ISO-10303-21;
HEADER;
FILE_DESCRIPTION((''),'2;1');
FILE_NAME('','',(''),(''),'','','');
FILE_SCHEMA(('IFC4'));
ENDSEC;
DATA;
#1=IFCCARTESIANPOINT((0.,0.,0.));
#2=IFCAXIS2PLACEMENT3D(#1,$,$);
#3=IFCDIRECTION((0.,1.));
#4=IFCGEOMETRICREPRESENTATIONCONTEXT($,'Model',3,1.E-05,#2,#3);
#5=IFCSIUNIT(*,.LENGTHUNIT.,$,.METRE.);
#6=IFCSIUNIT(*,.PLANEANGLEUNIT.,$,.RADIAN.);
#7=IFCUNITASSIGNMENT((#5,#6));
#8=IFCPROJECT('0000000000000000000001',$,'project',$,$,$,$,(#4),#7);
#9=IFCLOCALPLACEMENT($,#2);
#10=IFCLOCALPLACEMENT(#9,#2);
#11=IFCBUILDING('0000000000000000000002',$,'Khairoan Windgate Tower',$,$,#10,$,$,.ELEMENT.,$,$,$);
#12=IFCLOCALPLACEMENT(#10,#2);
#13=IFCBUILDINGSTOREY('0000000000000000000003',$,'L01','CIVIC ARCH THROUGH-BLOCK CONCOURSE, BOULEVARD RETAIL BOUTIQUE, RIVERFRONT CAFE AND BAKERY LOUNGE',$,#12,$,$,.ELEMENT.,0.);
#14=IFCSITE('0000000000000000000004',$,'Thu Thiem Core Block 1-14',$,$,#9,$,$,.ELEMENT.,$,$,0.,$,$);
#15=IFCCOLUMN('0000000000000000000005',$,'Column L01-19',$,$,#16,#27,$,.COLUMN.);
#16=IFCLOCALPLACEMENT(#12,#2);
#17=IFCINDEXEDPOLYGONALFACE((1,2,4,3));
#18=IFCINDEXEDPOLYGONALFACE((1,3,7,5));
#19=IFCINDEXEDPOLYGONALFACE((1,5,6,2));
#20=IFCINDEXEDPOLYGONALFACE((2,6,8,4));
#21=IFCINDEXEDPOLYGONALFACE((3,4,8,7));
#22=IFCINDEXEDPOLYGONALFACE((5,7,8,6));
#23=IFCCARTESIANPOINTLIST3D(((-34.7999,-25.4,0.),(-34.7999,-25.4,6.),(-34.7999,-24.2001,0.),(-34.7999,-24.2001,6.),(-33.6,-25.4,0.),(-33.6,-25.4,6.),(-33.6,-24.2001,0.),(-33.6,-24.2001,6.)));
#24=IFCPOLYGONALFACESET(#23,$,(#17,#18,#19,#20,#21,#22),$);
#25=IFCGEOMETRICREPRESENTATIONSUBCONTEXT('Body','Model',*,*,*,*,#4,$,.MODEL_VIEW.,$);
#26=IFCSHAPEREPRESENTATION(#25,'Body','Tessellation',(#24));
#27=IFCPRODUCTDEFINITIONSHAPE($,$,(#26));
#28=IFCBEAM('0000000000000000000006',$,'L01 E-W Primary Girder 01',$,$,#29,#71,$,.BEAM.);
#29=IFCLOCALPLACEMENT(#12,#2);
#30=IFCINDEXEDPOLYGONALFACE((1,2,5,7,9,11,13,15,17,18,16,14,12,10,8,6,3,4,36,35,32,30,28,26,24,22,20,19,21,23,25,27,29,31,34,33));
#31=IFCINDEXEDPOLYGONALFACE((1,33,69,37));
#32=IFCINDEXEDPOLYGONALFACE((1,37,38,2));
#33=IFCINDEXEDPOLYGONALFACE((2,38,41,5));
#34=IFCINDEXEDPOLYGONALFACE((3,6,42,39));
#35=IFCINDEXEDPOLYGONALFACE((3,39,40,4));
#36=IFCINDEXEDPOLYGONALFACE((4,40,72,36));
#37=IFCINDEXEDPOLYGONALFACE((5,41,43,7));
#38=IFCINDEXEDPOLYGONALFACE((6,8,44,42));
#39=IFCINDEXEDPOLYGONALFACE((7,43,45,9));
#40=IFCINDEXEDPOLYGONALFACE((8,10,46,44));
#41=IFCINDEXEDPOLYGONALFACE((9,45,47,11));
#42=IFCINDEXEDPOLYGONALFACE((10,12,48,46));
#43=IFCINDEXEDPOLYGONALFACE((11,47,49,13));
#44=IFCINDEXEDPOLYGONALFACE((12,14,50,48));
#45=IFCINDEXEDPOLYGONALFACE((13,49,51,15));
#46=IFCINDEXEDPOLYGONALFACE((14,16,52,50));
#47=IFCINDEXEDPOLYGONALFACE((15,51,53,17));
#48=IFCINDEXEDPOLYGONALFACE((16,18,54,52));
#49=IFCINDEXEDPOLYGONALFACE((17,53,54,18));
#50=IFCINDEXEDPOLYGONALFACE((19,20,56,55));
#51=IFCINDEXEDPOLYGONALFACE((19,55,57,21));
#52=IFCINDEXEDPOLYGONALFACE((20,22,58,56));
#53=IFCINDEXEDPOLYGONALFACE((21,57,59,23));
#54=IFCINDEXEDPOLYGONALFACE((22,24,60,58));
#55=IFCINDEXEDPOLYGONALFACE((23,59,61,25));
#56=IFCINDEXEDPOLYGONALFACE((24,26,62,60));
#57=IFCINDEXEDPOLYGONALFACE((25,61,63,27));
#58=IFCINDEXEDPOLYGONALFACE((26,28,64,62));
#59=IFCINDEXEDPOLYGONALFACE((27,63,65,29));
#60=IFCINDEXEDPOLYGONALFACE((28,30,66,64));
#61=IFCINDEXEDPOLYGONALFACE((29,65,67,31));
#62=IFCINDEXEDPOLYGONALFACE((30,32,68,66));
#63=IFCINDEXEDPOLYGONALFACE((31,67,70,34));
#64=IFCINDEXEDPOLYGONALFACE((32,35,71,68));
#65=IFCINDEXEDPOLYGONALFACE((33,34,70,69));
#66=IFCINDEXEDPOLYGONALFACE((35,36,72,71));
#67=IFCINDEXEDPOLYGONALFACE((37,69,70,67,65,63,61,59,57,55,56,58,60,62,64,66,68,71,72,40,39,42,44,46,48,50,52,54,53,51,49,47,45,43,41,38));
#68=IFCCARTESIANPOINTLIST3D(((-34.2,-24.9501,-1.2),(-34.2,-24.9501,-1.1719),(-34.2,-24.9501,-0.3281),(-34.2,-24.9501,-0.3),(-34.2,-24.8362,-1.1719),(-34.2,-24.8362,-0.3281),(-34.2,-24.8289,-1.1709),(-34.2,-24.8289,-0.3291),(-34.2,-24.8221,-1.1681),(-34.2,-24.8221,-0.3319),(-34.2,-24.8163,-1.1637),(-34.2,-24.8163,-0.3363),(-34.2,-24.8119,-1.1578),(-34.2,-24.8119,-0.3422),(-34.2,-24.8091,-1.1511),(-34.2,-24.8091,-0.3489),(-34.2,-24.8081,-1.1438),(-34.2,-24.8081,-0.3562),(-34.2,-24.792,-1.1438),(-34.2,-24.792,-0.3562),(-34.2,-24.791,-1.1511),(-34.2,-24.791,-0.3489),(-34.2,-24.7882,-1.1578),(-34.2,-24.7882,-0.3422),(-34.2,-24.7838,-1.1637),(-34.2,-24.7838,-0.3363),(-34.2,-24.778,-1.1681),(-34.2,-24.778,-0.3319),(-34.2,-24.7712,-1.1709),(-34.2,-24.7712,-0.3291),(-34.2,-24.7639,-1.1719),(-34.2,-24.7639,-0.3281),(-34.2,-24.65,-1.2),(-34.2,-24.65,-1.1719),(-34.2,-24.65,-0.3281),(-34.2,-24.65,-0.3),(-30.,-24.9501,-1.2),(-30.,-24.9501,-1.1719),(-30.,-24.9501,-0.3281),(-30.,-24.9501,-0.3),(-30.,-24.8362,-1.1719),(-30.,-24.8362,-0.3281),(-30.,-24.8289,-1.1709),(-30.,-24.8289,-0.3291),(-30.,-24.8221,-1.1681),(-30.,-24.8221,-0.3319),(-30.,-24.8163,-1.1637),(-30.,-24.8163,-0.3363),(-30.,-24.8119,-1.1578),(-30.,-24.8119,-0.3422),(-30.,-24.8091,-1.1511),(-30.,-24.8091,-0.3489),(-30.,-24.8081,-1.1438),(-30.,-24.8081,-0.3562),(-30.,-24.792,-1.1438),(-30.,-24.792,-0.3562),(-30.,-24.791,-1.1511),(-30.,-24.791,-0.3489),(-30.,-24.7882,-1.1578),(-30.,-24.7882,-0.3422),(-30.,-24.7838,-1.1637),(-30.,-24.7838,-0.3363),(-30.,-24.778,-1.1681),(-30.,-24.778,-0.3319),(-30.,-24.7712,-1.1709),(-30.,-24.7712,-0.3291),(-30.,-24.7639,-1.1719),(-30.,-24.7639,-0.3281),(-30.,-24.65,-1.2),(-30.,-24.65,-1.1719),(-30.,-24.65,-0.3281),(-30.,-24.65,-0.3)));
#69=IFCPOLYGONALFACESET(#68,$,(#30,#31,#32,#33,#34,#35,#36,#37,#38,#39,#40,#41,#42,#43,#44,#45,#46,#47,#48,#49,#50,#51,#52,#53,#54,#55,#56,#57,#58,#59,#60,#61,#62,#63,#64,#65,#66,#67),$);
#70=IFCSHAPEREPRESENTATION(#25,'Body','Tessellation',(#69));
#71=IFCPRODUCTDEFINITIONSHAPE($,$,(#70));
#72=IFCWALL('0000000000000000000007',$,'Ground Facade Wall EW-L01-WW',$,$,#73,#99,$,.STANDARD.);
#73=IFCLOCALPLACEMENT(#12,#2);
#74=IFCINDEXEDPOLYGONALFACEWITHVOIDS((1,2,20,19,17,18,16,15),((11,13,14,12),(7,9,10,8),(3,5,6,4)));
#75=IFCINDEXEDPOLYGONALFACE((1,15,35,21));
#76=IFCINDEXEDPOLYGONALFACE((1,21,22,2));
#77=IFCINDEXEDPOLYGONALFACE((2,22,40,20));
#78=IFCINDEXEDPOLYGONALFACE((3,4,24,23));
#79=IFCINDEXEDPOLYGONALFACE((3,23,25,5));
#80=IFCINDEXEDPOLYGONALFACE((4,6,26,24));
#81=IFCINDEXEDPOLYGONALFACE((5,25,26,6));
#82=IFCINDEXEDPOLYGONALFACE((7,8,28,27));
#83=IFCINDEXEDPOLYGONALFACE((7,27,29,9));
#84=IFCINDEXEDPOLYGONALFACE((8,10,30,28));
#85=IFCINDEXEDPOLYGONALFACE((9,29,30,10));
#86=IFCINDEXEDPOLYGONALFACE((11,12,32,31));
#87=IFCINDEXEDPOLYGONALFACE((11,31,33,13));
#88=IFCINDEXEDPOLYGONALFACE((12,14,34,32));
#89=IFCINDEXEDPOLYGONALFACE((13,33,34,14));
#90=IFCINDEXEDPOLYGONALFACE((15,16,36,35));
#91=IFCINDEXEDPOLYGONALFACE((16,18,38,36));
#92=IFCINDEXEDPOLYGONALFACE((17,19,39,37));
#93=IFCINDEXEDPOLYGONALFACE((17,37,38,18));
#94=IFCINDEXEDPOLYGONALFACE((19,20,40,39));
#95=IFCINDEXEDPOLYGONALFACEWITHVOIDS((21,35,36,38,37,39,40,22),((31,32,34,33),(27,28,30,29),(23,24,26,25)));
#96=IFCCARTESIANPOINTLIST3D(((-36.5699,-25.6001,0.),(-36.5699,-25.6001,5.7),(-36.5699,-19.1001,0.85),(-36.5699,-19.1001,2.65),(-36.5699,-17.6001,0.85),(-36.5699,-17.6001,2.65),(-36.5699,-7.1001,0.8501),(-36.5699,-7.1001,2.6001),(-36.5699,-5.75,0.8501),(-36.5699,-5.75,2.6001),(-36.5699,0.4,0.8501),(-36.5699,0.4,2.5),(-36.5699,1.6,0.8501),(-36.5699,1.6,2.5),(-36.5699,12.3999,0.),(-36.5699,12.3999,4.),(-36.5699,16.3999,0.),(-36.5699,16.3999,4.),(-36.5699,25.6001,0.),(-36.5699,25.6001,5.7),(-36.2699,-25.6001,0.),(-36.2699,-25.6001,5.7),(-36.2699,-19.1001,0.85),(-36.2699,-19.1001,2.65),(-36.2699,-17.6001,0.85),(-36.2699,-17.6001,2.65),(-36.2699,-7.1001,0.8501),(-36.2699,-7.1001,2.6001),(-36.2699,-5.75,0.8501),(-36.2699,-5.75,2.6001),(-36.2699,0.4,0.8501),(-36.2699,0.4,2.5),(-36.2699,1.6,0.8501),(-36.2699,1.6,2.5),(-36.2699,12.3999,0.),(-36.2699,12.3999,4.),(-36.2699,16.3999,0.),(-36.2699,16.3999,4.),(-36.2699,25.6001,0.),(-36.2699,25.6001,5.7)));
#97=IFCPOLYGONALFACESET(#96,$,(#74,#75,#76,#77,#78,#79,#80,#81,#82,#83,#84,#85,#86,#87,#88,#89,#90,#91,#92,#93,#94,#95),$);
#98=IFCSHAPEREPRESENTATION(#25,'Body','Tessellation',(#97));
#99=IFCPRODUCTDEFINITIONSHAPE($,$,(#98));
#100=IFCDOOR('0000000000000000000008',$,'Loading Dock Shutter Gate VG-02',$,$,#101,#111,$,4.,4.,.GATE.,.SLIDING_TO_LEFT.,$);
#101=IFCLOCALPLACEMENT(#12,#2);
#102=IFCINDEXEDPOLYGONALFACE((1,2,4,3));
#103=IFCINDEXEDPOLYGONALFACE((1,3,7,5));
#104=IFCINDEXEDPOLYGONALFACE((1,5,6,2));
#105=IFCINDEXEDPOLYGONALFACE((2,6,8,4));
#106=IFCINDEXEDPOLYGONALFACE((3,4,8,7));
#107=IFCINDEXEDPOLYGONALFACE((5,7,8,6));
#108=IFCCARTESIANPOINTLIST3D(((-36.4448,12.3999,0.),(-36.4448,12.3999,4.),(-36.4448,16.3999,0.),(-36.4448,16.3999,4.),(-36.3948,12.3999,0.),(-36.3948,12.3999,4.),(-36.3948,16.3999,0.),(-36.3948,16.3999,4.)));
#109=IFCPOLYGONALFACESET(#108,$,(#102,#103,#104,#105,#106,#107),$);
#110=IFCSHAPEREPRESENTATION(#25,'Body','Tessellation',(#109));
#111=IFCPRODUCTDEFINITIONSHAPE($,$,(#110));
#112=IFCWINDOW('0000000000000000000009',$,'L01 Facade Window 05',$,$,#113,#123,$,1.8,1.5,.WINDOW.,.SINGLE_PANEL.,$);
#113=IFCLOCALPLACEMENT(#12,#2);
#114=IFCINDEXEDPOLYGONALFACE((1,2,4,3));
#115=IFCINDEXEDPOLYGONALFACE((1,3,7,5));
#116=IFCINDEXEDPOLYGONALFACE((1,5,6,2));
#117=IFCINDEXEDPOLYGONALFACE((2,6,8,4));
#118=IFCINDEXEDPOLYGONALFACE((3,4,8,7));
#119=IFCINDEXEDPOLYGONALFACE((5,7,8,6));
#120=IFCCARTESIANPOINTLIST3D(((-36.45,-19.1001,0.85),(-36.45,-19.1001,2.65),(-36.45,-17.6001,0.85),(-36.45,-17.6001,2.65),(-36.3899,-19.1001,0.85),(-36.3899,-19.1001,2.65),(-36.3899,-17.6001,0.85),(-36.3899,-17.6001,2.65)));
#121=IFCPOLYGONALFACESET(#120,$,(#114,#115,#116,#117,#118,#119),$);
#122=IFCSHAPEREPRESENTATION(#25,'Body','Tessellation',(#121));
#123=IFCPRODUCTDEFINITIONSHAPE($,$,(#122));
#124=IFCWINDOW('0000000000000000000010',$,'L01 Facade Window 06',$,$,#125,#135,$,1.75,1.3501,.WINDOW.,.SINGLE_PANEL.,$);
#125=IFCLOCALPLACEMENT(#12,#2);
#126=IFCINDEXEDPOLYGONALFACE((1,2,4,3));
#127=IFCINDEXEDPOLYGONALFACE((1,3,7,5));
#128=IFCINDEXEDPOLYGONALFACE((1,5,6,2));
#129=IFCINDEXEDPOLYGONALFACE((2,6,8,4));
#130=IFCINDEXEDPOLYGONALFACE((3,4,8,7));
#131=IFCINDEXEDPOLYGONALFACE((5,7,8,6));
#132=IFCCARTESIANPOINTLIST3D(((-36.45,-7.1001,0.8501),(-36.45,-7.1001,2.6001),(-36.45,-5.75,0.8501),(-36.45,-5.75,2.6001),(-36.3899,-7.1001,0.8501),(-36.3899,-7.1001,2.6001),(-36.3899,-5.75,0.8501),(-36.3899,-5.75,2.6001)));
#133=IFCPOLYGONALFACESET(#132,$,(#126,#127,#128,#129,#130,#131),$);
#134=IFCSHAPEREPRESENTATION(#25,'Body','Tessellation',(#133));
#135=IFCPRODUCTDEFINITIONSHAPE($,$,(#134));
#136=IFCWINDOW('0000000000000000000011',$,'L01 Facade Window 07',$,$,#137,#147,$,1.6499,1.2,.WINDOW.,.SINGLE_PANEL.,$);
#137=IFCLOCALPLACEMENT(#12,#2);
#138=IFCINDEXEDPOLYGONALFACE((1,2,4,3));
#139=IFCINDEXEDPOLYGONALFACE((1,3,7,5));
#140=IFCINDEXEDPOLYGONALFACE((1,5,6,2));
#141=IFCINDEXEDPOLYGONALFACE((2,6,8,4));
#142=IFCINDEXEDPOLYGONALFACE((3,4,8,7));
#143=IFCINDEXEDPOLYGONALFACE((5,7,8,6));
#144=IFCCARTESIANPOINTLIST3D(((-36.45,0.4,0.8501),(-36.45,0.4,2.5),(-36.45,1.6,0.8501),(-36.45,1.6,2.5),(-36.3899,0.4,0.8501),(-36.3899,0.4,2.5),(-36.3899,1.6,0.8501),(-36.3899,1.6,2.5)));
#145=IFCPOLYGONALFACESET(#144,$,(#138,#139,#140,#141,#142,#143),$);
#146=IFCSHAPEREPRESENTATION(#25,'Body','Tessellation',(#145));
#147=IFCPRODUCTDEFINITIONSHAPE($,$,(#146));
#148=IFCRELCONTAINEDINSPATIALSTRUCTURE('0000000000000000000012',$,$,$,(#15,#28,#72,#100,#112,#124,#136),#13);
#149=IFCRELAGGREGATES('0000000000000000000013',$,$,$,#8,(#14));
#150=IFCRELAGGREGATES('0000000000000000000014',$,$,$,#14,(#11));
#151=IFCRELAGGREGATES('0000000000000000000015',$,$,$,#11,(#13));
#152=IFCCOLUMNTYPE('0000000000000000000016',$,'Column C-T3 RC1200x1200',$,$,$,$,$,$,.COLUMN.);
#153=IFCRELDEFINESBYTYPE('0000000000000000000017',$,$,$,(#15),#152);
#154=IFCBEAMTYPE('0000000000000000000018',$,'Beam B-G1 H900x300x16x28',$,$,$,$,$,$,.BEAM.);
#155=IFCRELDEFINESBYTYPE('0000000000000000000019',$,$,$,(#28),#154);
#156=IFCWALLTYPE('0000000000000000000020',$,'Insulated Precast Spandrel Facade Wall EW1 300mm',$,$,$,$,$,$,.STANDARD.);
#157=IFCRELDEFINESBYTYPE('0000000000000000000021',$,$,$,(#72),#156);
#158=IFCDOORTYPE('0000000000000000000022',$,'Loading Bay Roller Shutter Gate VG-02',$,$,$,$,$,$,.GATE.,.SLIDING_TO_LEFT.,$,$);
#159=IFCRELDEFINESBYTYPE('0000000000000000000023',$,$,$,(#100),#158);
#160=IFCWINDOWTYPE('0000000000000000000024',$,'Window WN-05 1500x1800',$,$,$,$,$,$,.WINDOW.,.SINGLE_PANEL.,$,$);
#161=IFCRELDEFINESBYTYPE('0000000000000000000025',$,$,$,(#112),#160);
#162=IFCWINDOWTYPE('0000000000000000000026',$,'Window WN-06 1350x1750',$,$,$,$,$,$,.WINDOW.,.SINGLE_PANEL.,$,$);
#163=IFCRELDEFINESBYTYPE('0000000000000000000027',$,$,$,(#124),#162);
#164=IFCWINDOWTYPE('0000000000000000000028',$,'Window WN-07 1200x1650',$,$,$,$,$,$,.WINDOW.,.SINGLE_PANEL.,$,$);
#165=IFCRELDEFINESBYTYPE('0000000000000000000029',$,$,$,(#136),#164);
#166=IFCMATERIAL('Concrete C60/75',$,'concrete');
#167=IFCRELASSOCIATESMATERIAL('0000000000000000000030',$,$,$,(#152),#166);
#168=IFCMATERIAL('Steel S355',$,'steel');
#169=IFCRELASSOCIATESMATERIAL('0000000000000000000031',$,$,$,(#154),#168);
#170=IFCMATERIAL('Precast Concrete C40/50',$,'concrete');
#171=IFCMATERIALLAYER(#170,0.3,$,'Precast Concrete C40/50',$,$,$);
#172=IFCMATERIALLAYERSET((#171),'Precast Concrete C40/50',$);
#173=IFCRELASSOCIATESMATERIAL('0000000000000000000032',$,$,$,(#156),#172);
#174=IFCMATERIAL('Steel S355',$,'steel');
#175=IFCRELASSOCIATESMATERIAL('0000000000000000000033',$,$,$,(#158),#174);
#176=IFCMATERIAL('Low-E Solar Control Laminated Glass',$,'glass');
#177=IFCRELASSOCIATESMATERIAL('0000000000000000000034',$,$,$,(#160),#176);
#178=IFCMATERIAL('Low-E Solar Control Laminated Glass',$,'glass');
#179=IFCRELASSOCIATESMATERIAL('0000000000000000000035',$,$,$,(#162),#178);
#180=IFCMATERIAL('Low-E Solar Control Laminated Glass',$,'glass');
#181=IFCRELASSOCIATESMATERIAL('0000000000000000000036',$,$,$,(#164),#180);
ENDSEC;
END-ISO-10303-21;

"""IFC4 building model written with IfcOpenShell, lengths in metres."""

from ifc_helpers import new_model, si_unit, direction, frame, frame_2d, origin, origin_2d, place, context, subcontext, project, spatial, rectangle, i_section, extrude, material, layer, layer_set, material_profile, profile_set, type_object, element, fill, save


model = new_model("IFC4")

# Units and contexts
model_context = context("Model", 3, precision=1e-05, world=origin(), true_north=direction((0.0, 1.0)))
body_context = subcontext(model_context, "Body", "Model", "MODEL_VIEW")
ifc_project = project(units=[si_unit("LENGTHUNIT", "METRE"), si_unit("PLANEANGLEUNIT", "RADIAN")], contexts=[model_context])

# Site, building, storey
site_placement = place(None, origin())
site = spatial("IfcSite", under=ifc_project, at=site_placement, Name="Thu Thiem Core Block 1-14", CompositionType="ELEMENT", RefElevation=0.0)
building_placement = place(site_placement, origin())
building = spatial("IfcBuilding", under=site, at=building_placement, Name="Khairoan Windgate Tower", CompositionType="ELEMENT")
storey_placement = place(building_placement, origin())
storey = spatial("IfcBuildingStorey", under=building, at=storey_placement, Name="L01", Description="CIVIC ARCH THROUGH-BLOCK CONCOURSE, BOULEVARD RETAIL BOUTIQUE, RIVERFRONT CAFE AND BAKERY LOUNGE", CompositionType="ELEMENT", Elevation=0.0)

# Column
ifc_material_1 = material(Name="Concrete C60/75", Category="concrete")
ifc_material_profile_1 = material_profile(ifc_material_1, rectangle(XDim=1.2, YDim=1.2, at=origin_2d()))
ifc_profile_set_1 = profile_set([ifc_material_profile_1], Name="Concrete C60/75")
column_type = type_object("IfcColumnType", Name="Column C-T3 RC1200x1200", PredefinedType="COLUMN", material=ifc_profile_set_1)
column_placement = place(storey_placement, frame((-34.2, -24.8, 0.0), z_axis=(0.0, 0.0, 1.0), x_axis=(1.0, 0.0, 0.0)))
element("IfcColumn", 1, at=column_placement, inside=storey, type_object=column_type, Name="Column L01-19", PredefinedType="COLUMN", context=body_context, shape_type="SweptSolid", body=[
    extrude(rectangle(XDim=1.2, YDim=1.2, at=origin_2d()), origin(), (0.0, 0.0, 1.0), 6.0),
])

# Beam
ifc_material_2 = material(Name="Steel S355", Category="steel")
ifc_material_profile_2 = material_profile(ifc_material_2, i_section(OverallWidth=0.3, OverallDepth=0.8999, WebThickness=0.0161, FlangeThickness=0.0281, FilletRadius=0.0281, at=origin_2d()))
ifc_profile_set_2 = profile_set([ifc_material_profile_2], Name="Steel S355")
beam_type = type_object("IfcBeamType", Name="Beam B-G1 H900x300x16x28", PredefinedType="BEAM", material=ifc_profile_set_2)
beam_placement = place(storey_placement, frame((-34.2, -24.8, -0.75), z_axis=(1.0, 0.0, 0.0), x_axis=(0.0, 1.0, 0.0)))
element("IfcBeam", 2, at=beam_placement, inside=storey, type_object=beam_type, Name="L01 E-W Primary Girder 01", PredefinedType="BEAM", context=body_context, shape_type="SweptSolid", body=[
    extrude(i_section(OverallWidth=0.3, OverallDepth=0.8999, WebThickness=0.0161, FlangeThickness=0.0281, FilletRadius=0.0281, at=origin_2d()), origin(), (0.0, 0.0, 1.0), 4.2),
])

# Wall, openings, door, windows
ifc_material_3 = material(Name="Precast Concrete C40/50", Category="concrete")
ifc_layer_1 = layer(ifc_material_3, 0.3, Name="Precast Concrete C40/50")
ifc_layer_set_1 = layer_set([ifc_layer_1], Name="Precast Concrete C40/50")
wall_type_1 = type_object("IfcWallType", Name="Insulated Precast Spandrel Facade Wall EW1 300mm", PredefinedType="STANDARD", material=ifc_layer_set_1)
wall_1_placement = place(storey_placement, frame((-36.4199, -25.6001, 0.0), z_axis=(0.0, 0.0, 1.0), x_axis=(0.0, 1.0, 0.0)))
wall_1 = element("IfcWall", 3, at=wall_1_placement, inside=storey, type_object=wall_type_1, Name="Ground Facade Wall EW-L01-WW", PredefinedType="STANDARD", context=body_context, shape_type="SweptSolid", body=[
    extrude(rectangle(XDim=51.2002, YDim=0.3, at=frame_2d((25.6001, 0.0))), origin(), (0.0, 0.0, 1.0), 5.7),
])
opening_1_placement = place(wall_1_placement, frame((38.0, 0.0, 0.0)))
opening_1 = element("IfcOpeningElement", 4, at=opening_1_placement, cuts=wall_1, PredefinedType="OPENING", context=body_context, shape_type="SweptSolid", body=[
    extrude(rectangle(XDim=4.0, YDim=4.0, at=frame_2d((2.0, 2.0))), frame((0.0, 0.1599, 0.0), z_axis=(0.0, -1.0, 0.0), x_axis=(1.0, 0.0, 0.0)), (0.0, 0.0, 1.0), 0.3201),
])
opening_2_placement = place(wall_1_placement, frame((6.5, 0.0, 0.8501)))
opening_2 = element("IfcOpeningElement", 5, at=opening_2_placement, cuts=wall_1, PredefinedType="OPENING", context=body_context, shape_type="SweptSolid", body=[
    extrude(rectangle(XDim=1.5, YDim=1.8, at=frame_2d((0.75, 0.8999))), frame((0.0, 0.1599, 0.0), z_axis=(0.0, -1.0, 0.0), x_axis=(1.0, 0.0, 0.0)), (0.0, 0.0, 1.0), 0.3201),
])
opening_3_placement = place(wall_1_placement, frame((18.5, 0.0, 0.8501)))
opening_3 = element("IfcOpeningElement", 6, at=opening_3_placement, cuts=wall_1, PredefinedType="OPENING", context=body_context, shape_type="SweptSolid", body=[
    extrude(rectangle(XDim=1.3501, YDim=1.75, at=frame_2d((0.675, 0.875))), frame((0.0, 0.1599, 0.0), z_axis=(0.0, -1.0, 0.0), x_axis=(1.0, 0.0, 0.0)), (0.0, 0.0, 1.0), 0.3201),
])
opening_4_placement = place(wall_1_placement, frame((26.0, 0.0, 0.8501)))
opening_4 = element("IfcOpeningElement", 7, at=opening_4_placement, cuts=wall_1, PredefinedType="OPENING", context=body_context, shape_type="SweptSolid", body=[
    extrude(rectangle(XDim=1.2, YDim=1.6499, at=frame_2d((0.6001, 0.825))), frame((0.0, 0.1599, 0.0), z_axis=(0.0, -1.0, 0.0), x_axis=(1.0, 0.0, 0.0)), (0.0, 0.0, 1.0), 0.3201),
])
ifc_material_4 = material(Name="Steel S355", Category="steel")
door_type_1 = type_object("IfcDoorType", Name="Loading Bay Roller Shutter Gate VG-02", OperationType="SLIDING_TO_LEFT", PredefinedType="GATE", material=ifc_material_4)
door_1_placement = place(opening_1_placement, origin())
door_1 = element("IfcDoor", 8, at=door_1_placement, inside=storey, type_object=door_type_1, Name="Loading Dock Shutter Gate VG-02", OperationType="SLIDING_TO_LEFT", OverallHeight=4.0, OverallWidth=4.0, PredefinedType="GATE", context=body_context, shape_type="SweptSolid", body=[
    extrude(rectangle(XDim=4.0, YDim=4.0, at=frame_2d((2.0, 2.0))), frame((0.0, 0.0249, 0.0), z_axis=(0.0, -1.0, 0.0), x_axis=(1.0, 0.0, 0.0)), (0.0, 0.0, 1.0), 0.05),
])
fill(opening_1, door_1)
ifc_material_5 = material(Name="Low-E Solar Control Laminated Glass", Category="glass")
window_type_1 = type_object("IfcWindowType", Name="Window WN-05 1500x1800", PartitioningType="SINGLE_PANEL", PredefinedType="WINDOW", material=ifc_material_5)
window_1_placement = place(opening_2_placement, origin())
window_1 = element("IfcWindow", 9, at=window_1_placement, inside=storey, type_object=window_type_1, Name="L01 Facade Window 05", OverallHeight=1.8, OverallWidth=1.5, PartitioningType="SINGLE_PANEL", PredefinedType="WINDOW", context=body_context, shape_type="SweptSolid", body=[
    extrude(rectangle(XDim=1.5, YDim=1.8, at=frame_2d((0.75, 0.8999))), frame((0.0, 0.03, 0.0), z_axis=(0.0, -1.0, 0.0), x_axis=(1.0, 0.0, 0.0)), (0.0, 0.0, 1.0), 0.0601),
])
fill(opening_2, window_1)
ifc_material_6 = material(Name="Low-E Solar Control Laminated Glass", Category="glass")
window_type_2 = type_object("IfcWindowType", Name="Window WN-06 1350x1750", PartitioningType="SINGLE_PANEL", PredefinedType="WINDOW", material=ifc_material_6)
window_2_placement = place(opening_3_placement, origin())
window_2 = element("IfcWindow", 10, at=window_2_placement, inside=storey, type_object=window_type_2, Name="L01 Facade Window 06", OverallHeight=1.75, OverallWidth=1.3501, PartitioningType="SINGLE_PANEL", PredefinedType="WINDOW", context=body_context, shape_type="SweptSolid", body=[
    extrude(rectangle(XDim=1.3501, YDim=1.75, at=frame_2d((0.675, 0.875))), frame((0.0, 0.03, 0.0), z_axis=(0.0, -1.0, 0.0), x_axis=(1.0, 0.0, 0.0)), (0.0, 0.0, 1.0), 0.0601),
])
fill(opening_3, window_2)
ifc_material_7 = material(Name="Low-E Solar Control Laminated Glass", Category="glass")
window_type_3 = type_object("IfcWindowType", Name="Window WN-07 1200x1650", PartitioningType="SINGLE_PANEL", PredefinedType="WINDOW", material=ifc_material_7)
window_3_placement = place(opening_4_placement, origin())
window_3 = element("IfcWindow", 11, at=window_3_placement, inside=storey, type_object=window_type_3, Name="L01 Facade Window 07", OverallHeight=1.6499, OverallWidth=1.2, PartitioningType="SINGLE_PANEL", PredefinedType="WINDOW", context=body_context, shape_type="SweptSolid", body=[
    extrude(rectangle(XDim=1.2, YDim=1.6499, at=frame_2d((0.6001, 0.825))), frame((0.0, 0.03, 0.0), z_axis=(0.0, -1.0, 0.0), x_axis=(1.0, 0.0, 0.0)), (0.0, 0.0, 1.0), 0.0601),
])
fill(opening_4, window_3)

save(model, "model.ifc")
